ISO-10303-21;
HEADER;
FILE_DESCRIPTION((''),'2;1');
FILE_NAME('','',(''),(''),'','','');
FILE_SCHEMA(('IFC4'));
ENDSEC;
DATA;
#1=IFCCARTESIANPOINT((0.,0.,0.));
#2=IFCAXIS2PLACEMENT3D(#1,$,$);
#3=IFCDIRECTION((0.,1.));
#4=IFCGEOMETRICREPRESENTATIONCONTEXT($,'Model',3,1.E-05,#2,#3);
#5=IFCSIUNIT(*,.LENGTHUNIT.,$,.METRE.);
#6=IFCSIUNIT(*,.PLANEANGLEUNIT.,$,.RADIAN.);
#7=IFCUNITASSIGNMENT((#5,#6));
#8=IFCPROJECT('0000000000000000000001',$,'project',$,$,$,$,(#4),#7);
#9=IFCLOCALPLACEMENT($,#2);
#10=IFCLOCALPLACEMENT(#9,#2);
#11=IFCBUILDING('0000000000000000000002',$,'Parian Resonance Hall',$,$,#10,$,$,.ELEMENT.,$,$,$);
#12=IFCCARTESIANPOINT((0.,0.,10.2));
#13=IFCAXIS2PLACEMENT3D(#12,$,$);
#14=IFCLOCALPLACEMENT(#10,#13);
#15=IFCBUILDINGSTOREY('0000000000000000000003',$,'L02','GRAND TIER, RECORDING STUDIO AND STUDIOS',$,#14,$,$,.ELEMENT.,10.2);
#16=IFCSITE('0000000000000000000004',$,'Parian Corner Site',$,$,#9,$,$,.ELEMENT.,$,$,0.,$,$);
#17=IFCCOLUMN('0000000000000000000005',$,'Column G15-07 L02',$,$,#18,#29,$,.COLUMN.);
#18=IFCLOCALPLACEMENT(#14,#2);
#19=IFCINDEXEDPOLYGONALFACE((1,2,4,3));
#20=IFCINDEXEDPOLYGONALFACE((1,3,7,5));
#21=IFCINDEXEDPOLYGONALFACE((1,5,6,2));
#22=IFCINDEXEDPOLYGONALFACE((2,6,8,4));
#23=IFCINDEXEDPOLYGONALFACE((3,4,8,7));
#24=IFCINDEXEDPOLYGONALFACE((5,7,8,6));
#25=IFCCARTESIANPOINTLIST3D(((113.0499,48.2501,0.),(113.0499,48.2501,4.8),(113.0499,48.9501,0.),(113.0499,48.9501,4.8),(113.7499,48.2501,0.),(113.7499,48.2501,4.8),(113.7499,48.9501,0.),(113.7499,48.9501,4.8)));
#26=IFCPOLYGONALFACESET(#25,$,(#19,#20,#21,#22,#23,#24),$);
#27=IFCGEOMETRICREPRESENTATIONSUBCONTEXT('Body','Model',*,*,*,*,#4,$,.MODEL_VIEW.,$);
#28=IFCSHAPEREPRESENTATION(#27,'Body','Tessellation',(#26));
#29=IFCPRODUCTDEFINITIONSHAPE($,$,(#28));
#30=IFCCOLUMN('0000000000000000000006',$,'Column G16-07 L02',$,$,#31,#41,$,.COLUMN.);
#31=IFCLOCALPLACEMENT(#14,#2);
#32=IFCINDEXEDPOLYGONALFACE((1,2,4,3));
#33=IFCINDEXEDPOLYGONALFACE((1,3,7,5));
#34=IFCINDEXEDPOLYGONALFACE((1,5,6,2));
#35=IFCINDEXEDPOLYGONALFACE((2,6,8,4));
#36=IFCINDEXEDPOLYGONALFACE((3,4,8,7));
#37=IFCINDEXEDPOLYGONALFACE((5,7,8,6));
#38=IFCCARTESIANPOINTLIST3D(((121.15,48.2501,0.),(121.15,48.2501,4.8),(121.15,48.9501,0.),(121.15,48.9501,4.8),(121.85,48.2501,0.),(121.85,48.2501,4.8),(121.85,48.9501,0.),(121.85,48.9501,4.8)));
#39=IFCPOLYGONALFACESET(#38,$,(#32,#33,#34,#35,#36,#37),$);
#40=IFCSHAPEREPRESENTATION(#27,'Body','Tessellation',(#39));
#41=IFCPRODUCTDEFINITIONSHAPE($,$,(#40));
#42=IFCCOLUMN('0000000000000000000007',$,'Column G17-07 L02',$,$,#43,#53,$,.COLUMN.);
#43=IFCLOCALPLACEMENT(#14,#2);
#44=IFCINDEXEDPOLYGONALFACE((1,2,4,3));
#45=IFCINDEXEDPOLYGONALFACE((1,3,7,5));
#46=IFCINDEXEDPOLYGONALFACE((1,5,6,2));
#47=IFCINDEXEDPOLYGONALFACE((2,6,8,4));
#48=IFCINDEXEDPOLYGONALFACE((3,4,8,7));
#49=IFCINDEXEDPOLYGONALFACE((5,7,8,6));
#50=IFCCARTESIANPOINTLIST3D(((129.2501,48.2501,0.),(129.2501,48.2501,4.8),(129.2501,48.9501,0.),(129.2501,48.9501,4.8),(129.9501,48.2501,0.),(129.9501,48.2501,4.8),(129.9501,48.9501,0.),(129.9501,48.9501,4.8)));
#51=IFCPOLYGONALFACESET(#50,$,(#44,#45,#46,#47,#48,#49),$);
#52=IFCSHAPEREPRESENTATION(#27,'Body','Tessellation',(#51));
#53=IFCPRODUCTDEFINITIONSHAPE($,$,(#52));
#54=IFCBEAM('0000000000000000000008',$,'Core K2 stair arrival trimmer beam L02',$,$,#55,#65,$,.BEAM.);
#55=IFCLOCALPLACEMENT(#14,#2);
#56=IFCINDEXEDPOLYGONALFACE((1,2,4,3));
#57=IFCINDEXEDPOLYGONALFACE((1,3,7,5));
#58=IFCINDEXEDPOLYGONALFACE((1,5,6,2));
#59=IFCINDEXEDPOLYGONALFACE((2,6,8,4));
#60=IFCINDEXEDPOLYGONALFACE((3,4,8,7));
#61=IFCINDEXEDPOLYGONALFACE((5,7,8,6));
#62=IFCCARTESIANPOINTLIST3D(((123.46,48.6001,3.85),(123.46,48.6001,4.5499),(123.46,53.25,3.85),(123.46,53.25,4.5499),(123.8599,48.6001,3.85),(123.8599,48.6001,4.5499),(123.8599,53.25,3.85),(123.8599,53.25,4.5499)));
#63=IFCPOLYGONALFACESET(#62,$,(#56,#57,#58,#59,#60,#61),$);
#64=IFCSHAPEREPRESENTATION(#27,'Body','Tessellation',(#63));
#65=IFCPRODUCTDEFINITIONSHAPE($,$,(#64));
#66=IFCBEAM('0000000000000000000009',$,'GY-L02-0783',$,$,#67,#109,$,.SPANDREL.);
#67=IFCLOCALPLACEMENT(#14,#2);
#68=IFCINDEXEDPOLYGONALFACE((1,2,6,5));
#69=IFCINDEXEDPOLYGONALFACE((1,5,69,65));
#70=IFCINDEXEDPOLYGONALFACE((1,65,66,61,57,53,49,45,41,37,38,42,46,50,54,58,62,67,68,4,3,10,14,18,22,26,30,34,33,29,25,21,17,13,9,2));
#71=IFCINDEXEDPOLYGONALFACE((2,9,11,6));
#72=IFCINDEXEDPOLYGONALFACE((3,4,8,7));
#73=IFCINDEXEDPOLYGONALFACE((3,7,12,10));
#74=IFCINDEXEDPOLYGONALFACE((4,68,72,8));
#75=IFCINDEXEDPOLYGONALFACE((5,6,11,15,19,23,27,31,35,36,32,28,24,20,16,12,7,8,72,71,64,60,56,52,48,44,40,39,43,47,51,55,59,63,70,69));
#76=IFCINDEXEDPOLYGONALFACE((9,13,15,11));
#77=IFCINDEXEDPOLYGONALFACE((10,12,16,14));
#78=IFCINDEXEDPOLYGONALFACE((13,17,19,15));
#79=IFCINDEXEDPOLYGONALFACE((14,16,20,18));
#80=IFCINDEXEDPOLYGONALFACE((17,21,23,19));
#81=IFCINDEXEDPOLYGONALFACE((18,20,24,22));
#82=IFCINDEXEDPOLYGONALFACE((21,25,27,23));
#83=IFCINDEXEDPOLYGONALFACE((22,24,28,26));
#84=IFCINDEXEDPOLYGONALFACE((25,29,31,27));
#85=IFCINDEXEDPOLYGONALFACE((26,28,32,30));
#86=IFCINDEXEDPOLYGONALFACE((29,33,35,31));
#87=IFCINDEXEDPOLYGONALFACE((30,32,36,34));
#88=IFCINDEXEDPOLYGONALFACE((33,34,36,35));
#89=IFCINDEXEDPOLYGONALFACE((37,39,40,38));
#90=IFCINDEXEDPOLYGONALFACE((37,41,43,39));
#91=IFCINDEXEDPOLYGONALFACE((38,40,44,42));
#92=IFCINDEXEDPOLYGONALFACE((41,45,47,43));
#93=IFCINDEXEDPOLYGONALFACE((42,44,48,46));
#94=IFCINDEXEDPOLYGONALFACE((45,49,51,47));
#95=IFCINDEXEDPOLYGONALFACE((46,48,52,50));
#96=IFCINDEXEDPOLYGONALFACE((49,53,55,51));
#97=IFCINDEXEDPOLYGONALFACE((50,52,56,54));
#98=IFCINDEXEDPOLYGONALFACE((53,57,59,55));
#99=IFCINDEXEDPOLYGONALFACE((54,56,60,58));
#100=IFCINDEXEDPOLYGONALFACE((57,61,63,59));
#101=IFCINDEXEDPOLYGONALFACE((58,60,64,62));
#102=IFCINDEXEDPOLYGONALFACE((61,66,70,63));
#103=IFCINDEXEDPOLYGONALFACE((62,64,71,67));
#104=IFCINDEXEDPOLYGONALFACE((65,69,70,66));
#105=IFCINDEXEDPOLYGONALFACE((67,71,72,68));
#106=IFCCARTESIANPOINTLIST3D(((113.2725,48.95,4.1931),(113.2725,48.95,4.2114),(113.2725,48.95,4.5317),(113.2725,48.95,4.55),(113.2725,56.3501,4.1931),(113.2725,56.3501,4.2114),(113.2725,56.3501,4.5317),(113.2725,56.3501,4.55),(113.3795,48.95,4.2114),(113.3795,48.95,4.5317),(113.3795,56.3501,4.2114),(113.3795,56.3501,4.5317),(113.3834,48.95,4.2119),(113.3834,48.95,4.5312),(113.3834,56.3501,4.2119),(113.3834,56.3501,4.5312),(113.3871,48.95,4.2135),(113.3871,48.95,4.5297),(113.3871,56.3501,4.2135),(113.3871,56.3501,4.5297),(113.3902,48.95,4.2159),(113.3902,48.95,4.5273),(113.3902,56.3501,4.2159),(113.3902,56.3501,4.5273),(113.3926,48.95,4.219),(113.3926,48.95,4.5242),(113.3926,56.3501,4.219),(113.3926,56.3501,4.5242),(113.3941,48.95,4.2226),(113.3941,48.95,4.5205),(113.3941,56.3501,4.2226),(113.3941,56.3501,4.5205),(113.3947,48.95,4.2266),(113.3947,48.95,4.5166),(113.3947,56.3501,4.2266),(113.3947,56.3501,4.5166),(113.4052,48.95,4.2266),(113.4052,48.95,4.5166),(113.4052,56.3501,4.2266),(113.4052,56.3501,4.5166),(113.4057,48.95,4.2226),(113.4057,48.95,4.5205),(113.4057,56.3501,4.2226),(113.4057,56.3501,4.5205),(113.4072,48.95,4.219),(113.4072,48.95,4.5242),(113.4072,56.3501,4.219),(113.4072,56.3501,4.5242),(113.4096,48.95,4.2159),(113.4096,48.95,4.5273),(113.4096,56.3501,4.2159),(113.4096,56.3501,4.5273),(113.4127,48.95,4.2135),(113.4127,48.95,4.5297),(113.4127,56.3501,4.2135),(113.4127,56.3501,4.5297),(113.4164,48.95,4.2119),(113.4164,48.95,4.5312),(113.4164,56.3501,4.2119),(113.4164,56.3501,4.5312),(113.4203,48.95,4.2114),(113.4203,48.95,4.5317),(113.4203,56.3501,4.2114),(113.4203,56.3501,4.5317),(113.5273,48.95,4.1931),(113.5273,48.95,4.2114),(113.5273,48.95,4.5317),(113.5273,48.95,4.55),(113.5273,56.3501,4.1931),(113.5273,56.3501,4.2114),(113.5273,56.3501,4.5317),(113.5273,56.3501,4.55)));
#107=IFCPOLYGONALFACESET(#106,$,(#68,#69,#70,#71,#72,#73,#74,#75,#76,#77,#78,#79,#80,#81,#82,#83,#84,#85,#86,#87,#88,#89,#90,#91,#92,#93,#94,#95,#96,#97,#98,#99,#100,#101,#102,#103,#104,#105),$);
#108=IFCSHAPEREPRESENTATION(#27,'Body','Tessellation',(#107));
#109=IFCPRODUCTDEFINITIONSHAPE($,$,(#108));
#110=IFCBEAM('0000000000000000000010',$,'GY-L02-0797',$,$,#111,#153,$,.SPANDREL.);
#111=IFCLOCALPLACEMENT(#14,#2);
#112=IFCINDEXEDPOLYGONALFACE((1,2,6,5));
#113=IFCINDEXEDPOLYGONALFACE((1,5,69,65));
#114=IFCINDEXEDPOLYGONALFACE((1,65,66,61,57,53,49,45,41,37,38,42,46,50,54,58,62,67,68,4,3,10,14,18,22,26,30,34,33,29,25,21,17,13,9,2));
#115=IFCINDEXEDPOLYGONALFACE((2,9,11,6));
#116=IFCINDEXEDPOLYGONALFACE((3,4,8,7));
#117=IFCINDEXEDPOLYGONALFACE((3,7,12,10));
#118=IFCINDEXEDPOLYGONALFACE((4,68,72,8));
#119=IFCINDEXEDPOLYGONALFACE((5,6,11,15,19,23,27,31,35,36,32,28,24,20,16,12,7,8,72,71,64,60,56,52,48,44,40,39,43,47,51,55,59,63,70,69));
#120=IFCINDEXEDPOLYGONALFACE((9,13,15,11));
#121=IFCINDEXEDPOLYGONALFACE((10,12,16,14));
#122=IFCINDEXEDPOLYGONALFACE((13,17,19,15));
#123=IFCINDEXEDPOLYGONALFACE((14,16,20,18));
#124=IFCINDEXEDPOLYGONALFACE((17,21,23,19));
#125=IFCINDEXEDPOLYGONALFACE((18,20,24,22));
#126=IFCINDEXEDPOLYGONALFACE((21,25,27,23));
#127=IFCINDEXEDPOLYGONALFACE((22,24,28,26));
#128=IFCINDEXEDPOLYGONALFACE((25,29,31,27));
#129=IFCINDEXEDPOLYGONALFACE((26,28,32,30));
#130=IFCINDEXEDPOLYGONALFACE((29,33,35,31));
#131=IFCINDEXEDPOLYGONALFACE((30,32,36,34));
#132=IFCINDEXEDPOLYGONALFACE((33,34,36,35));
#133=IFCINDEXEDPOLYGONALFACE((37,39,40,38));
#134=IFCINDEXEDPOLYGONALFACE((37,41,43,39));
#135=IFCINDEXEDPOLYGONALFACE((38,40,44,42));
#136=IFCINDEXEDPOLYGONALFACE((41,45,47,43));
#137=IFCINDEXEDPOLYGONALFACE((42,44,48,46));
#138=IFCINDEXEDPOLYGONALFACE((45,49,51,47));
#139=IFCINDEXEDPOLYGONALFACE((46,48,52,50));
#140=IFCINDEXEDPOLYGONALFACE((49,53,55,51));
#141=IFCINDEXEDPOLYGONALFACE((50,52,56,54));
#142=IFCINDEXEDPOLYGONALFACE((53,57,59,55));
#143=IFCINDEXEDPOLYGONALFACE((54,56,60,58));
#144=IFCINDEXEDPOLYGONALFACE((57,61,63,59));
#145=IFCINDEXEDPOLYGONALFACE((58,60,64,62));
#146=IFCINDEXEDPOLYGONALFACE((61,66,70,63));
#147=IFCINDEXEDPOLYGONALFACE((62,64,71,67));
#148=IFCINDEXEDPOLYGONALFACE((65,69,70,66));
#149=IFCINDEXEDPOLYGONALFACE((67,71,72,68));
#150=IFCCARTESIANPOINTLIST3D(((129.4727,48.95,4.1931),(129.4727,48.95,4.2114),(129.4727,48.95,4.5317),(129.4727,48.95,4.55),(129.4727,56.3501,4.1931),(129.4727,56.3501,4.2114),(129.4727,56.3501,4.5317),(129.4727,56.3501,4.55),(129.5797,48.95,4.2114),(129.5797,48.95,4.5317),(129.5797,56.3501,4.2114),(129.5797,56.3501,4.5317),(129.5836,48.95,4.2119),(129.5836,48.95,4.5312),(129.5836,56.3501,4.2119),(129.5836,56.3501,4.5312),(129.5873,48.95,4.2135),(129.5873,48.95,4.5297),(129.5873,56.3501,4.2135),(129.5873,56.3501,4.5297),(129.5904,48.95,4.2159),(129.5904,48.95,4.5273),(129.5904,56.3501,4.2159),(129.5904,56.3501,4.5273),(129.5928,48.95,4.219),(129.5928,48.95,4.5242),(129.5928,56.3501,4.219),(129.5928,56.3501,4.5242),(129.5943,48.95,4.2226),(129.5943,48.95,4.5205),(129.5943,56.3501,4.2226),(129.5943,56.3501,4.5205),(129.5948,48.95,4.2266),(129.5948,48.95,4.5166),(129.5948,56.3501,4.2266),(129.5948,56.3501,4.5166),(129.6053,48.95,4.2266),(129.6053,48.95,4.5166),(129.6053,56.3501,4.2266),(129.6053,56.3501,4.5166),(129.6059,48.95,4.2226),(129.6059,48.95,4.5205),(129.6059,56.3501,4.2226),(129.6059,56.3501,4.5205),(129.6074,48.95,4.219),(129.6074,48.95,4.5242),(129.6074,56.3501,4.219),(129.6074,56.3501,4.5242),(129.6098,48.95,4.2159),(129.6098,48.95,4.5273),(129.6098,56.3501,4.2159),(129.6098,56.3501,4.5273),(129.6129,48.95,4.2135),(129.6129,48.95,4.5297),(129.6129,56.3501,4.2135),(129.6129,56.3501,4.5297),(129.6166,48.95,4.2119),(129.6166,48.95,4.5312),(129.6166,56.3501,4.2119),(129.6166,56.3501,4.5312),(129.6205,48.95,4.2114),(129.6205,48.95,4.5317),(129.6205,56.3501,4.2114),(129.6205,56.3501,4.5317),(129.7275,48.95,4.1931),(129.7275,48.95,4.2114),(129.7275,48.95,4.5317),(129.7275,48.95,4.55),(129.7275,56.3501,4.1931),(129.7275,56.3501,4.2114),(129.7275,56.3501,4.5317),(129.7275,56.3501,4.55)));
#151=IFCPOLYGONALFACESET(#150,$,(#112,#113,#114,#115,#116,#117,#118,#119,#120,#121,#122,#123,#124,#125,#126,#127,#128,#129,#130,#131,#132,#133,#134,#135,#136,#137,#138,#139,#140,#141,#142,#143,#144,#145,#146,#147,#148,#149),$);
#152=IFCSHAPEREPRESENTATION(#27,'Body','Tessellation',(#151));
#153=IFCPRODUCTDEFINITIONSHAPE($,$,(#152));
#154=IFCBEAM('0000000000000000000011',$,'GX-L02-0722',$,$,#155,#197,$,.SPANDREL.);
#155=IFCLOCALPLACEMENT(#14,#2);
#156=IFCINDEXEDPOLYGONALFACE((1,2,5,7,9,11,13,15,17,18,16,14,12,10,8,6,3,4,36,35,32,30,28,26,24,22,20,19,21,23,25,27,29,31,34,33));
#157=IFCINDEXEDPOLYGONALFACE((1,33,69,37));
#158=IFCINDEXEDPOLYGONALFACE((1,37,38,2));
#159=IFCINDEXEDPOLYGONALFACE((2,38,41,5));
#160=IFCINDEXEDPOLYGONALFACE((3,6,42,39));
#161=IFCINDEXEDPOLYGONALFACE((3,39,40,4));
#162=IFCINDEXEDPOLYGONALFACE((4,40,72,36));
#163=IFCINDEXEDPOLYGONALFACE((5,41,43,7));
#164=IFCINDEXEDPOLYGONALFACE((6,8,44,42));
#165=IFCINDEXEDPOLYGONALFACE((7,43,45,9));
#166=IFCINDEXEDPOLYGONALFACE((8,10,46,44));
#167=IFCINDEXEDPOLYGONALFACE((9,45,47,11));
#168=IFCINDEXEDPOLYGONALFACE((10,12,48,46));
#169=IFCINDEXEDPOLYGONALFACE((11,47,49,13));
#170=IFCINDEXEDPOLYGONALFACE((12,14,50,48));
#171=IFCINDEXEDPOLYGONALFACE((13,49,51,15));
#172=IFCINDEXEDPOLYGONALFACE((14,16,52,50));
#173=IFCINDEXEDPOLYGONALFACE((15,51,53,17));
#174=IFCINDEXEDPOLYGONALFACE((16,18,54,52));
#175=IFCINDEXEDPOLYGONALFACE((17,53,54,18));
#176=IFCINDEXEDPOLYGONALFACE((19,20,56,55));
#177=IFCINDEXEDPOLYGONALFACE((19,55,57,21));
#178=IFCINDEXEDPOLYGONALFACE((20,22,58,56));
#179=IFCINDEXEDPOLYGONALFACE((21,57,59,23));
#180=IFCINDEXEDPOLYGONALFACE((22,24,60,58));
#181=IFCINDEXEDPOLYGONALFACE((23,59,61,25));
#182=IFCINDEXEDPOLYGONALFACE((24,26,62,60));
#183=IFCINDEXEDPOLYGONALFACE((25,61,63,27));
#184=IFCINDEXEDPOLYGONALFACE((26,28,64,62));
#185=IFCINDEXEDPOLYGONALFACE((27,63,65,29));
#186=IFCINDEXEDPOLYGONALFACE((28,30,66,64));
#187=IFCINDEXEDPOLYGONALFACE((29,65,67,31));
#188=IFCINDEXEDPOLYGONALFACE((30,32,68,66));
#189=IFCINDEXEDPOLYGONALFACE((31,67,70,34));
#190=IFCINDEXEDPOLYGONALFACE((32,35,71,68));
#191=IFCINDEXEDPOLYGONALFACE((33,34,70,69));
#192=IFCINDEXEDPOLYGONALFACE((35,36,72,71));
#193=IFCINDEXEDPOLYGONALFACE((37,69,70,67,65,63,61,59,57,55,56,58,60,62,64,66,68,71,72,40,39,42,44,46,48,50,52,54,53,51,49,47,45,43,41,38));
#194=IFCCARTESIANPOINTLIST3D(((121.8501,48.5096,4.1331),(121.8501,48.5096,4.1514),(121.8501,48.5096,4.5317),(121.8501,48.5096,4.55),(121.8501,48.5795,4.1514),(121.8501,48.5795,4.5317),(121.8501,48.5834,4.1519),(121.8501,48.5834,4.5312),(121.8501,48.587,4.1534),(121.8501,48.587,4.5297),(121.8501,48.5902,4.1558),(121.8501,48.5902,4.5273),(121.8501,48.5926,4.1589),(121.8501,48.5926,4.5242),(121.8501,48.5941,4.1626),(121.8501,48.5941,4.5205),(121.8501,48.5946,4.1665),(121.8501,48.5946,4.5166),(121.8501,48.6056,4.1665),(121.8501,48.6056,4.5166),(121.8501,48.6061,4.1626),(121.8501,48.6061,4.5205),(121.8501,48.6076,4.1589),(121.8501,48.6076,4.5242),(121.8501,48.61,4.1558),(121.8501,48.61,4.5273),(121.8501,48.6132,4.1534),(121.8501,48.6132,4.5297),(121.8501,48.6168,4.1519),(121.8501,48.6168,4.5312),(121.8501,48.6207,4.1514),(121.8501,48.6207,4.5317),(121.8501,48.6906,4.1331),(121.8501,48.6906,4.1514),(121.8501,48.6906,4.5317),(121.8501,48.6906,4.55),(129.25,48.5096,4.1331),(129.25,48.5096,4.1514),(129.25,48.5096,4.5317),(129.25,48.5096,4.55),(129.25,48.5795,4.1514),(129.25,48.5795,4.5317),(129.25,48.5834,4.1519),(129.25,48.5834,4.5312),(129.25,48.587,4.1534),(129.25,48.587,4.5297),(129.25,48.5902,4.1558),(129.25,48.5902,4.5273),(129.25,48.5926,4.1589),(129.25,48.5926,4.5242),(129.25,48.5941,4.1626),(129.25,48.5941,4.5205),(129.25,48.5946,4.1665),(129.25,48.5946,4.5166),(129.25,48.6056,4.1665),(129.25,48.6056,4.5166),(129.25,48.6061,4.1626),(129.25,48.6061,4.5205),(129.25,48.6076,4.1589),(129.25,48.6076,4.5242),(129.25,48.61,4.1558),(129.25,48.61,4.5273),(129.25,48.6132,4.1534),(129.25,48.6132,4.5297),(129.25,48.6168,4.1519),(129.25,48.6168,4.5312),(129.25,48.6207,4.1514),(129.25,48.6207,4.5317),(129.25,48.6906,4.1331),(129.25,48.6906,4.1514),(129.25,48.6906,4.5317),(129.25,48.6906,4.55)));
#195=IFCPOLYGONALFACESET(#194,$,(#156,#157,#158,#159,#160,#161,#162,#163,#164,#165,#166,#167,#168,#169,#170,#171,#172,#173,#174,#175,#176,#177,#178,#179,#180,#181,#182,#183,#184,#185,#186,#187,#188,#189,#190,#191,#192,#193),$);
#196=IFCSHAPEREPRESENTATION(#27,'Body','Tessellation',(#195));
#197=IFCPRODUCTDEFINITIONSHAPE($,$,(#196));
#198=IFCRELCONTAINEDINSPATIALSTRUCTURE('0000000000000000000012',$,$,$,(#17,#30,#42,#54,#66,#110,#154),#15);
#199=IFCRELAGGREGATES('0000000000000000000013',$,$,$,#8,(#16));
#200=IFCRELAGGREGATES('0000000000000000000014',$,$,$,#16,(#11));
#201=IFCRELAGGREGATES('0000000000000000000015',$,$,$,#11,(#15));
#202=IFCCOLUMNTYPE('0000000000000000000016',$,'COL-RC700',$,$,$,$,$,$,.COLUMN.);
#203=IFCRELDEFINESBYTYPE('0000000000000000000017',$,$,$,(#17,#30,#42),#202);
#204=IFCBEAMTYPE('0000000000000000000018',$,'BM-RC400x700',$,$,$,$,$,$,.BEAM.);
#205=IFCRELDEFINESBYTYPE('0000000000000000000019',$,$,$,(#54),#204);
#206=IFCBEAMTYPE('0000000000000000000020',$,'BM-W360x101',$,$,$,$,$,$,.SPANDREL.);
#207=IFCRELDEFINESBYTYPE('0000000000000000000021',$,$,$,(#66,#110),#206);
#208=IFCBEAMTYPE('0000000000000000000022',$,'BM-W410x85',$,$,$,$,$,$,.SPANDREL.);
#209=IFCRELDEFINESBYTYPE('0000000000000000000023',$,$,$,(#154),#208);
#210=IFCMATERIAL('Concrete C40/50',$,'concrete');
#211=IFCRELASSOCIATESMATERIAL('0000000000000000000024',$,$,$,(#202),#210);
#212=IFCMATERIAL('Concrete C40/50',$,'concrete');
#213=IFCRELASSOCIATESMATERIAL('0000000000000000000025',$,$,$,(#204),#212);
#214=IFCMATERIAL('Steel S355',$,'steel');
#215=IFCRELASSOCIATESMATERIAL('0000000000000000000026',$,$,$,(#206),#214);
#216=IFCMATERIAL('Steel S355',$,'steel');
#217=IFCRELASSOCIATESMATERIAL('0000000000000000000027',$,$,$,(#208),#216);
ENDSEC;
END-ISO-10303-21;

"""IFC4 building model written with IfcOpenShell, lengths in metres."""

from ifc_helpers import new_model, si_unit, direction, frame, origin, origin_2d, place, context, subcontext, project, spatial, rectangle, i_section, extrude, material, material_profile, profile_set, type_object, element, save


model = new_model("IFC4")

# Units and contexts
model_context = context("Model", 3, precision=1e-05, world=origin(), true_north=direction((0.0, 1.0)))
body_context = subcontext(model_context, "Body", "Model", "MODEL_VIEW")
ifc_project = project(units=[si_unit("LENGTHUNIT", "METRE"), si_unit("PLANEANGLEUNIT", "RADIAN")], contexts=[model_context])

# Site, building, storey
site_placement = place(None, origin())
site = spatial("IfcSite", under=ifc_project, at=site_placement, Name="Parian Corner Site", CompositionType="ELEMENT", RefElevation=0.0)
building_placement = place(site_placement, origin())
building = spatial("IfcBuilding", under=site, at=building_placement, Name="Parian Resonance Hall", CompositionType="ELEMENT")
storey_placement = place(building_placement, frame((0.0, 0.0, 10.2)))
storey = spatial("IfcBuildingStorey", under=building, at=storey_placement, Name="L02", Description="GRAND TIER, RECORDING STUDIO AND STUDIOS", CompositionType="ELEMENT", Elevation=10.2)

# Columns
ifc_material_1 = material(Name="Concrete C40/50", Category="concrete")
ifc_material_profile_1 = material_profile(ifc_material_1, rectangle(XDim=0.7, YDim=0.7, at=origin_2d()), Name="RC-COL-700x700")
ifc_profile_set_1 = profile_set([ifc_material_profile_1], Name="Concrete C40/50")
column_type = type_object("IfcColumnType", Name="COL-RC700", PredefinedType="COLUMN", material=ifc_profile_set_1)
for number, where, z_axis, x_axis, name in (
    (1, (113.3999, 48.6001, 0.0), (0.0, 0.0, 1.0), (1.0, 0.0, 0.0), "Column G15-07 L02"),
    (2, (121.5, 48.6001, 0.0), (0.0, 0.0, 1.0), (1.0, 0.0, 0.0), "Column G16-07 L02"),
    (3, (129.6001, 48.6001, 0.0), (0.0, 0.0, 1.0), (1.0, 0.0, 0.0), "Column G17-07 L02"),
):
    element("IfcColumn", number, at=place(storey_placement, frame(where, z_axis=z_axis, x_axis=x_axis)), inside=storey, type_object=column_type, Name=name, PredefinedType="COLUMN", context=body_context, shape_type="SweptSolid", body=[
        extrude(rectangle(XDim=0.7, YDim=0.7, at=origin_2d()), origin(), (0.0, 0.0, 1.0), 4.8),
    ])

# Beams
ifc_material_2 = material(Name="Concrete C40/50", Category="concrete")
ifc_material_profile_2 = material_profile(ifc_material_2, rectangle(XDim=0.3999, YDim=0.7, at=origin_2d()), Name="RC-BM-400x700")
ifc_profile_set_2 = profile_set([ifc_material_profile_2], Name="Concrete C40/50")
beam_type_1 = type_object("IfcBeamType", Name="BM-RC400x700", PredefinedType="BEAM", material=ifc_profile_set_2)
beam_1_placement = place(storey_placement, frame((123.6599, 48.6001, 4.2), z_axis=(0.0, 1.0, 0.0), x_axis=(-1.0, 0.0, 0.0)))
element("IfcBeam", 4, at=beam_1_placement, inside=storey, type_object=beam_type_1, Name="Core K2 stair arrival trimmer beam L02", PredefinedType="BEAM", context=body_context, shape_type="SweptSolid", body=[
    extrude(rectangle(XDim=0.3999, YDim=0.7, at=origin_2d()), origin(), (0.0, 0.0, 1.0), 4.6499),
])
ifc_material_3 = material(Name="Steel S355", Category="steel")
ifc_material_profile_3 = material_profile(ifc_material_3, i_section(OverallWidth=0.2549, OverallDepth=0.3569, WebThickness=0.0105, FlangeThickness=0.0183, FilletRadius=0.0151, at=origin_2d()), Name="W360x101")
ifc_profile_set_3 = profile_set([ifc_material_profile_3], Name="Steel S355")
beam_type_2 = type_object("IfcBeamType", Name="BM-W360x101", PredefinedType="SPANDREL", material=ifc_profile_set_3)
for number, where, z_axis, x_axis, name in (
    (5, (113.3999, 48.95, 4.3716), (0.0, 1.0, 0.0), (-1.0, 0.0, 0.0), "GY-L02-0783"),
    (6, (129.6001, 48.95, 4.3716), (0.0, 1.0, 0.0), (-1.0, 0.0, 0.0), "GY-L02-0797"),
):
    element("IfcBeam", number, at=place(storey_placement, frame(where, z_axis=z_axis, x_axis=x_axis)), inside=storey, type_object=beam_type_2, Name=name, PredefinedType="SPANDREL", context=body_context, shape_type="SweptSolid", body=[
        extrude(i_section(OverallWidth=0.2549, OverallDepth=0.3569, WebThickness=0.0105, FlangeThickness=0.0183, FilletRadius=0.0151, at=origin_2d()), origin(), (0.0, 0.0, 1.0), 7.4001),
    ])
ifc_material_4 = material(Name="Steel S355", Category="steel")
ifc_material_profile_4 = material_profile(ifc_material_4, i_section(OverallWidth=0.1809, OverallDepth=0.417, WebThickness=0.011, FlangeThickness=0.0183, FilletRadius=0.0151, at=origin_2d()), Name="W410x85")
ifc_profile_set_4 = profile_set([ifc_material_profile_4], Name="Steel S355")
beam_type_3 = type_object("IfcBeamType", Name="BM-W410x85", PredefinedType="SPANDREL", material=ifc_profile_set_4)
beam_2_placement = place(storey_placement, frame((121.8501, 48.6001, 4.3416), z_axis=(1.0, 0.0, 0.0), x_axis=(0.0, 1.0, 0.0)))
element("IfcBeam", 7, at=beam_2_placement, inside=storey, type_object=beam_type_3, Name="GX-L02-0722", PredefinedType="SPANDREL", context=body_context, shape_type="SweptSolid", body=[
    extrude(i_section(OverallWidth=0.1809, OverallDepth=0.417, WebThickness=0.011, FlangeThickness=0.0183, FilletRadius=0.0151, at=origin_2d()), origin(), (0.0, 0.0, 1.0), 7.3999),
])

save(model, "model.ifc")
